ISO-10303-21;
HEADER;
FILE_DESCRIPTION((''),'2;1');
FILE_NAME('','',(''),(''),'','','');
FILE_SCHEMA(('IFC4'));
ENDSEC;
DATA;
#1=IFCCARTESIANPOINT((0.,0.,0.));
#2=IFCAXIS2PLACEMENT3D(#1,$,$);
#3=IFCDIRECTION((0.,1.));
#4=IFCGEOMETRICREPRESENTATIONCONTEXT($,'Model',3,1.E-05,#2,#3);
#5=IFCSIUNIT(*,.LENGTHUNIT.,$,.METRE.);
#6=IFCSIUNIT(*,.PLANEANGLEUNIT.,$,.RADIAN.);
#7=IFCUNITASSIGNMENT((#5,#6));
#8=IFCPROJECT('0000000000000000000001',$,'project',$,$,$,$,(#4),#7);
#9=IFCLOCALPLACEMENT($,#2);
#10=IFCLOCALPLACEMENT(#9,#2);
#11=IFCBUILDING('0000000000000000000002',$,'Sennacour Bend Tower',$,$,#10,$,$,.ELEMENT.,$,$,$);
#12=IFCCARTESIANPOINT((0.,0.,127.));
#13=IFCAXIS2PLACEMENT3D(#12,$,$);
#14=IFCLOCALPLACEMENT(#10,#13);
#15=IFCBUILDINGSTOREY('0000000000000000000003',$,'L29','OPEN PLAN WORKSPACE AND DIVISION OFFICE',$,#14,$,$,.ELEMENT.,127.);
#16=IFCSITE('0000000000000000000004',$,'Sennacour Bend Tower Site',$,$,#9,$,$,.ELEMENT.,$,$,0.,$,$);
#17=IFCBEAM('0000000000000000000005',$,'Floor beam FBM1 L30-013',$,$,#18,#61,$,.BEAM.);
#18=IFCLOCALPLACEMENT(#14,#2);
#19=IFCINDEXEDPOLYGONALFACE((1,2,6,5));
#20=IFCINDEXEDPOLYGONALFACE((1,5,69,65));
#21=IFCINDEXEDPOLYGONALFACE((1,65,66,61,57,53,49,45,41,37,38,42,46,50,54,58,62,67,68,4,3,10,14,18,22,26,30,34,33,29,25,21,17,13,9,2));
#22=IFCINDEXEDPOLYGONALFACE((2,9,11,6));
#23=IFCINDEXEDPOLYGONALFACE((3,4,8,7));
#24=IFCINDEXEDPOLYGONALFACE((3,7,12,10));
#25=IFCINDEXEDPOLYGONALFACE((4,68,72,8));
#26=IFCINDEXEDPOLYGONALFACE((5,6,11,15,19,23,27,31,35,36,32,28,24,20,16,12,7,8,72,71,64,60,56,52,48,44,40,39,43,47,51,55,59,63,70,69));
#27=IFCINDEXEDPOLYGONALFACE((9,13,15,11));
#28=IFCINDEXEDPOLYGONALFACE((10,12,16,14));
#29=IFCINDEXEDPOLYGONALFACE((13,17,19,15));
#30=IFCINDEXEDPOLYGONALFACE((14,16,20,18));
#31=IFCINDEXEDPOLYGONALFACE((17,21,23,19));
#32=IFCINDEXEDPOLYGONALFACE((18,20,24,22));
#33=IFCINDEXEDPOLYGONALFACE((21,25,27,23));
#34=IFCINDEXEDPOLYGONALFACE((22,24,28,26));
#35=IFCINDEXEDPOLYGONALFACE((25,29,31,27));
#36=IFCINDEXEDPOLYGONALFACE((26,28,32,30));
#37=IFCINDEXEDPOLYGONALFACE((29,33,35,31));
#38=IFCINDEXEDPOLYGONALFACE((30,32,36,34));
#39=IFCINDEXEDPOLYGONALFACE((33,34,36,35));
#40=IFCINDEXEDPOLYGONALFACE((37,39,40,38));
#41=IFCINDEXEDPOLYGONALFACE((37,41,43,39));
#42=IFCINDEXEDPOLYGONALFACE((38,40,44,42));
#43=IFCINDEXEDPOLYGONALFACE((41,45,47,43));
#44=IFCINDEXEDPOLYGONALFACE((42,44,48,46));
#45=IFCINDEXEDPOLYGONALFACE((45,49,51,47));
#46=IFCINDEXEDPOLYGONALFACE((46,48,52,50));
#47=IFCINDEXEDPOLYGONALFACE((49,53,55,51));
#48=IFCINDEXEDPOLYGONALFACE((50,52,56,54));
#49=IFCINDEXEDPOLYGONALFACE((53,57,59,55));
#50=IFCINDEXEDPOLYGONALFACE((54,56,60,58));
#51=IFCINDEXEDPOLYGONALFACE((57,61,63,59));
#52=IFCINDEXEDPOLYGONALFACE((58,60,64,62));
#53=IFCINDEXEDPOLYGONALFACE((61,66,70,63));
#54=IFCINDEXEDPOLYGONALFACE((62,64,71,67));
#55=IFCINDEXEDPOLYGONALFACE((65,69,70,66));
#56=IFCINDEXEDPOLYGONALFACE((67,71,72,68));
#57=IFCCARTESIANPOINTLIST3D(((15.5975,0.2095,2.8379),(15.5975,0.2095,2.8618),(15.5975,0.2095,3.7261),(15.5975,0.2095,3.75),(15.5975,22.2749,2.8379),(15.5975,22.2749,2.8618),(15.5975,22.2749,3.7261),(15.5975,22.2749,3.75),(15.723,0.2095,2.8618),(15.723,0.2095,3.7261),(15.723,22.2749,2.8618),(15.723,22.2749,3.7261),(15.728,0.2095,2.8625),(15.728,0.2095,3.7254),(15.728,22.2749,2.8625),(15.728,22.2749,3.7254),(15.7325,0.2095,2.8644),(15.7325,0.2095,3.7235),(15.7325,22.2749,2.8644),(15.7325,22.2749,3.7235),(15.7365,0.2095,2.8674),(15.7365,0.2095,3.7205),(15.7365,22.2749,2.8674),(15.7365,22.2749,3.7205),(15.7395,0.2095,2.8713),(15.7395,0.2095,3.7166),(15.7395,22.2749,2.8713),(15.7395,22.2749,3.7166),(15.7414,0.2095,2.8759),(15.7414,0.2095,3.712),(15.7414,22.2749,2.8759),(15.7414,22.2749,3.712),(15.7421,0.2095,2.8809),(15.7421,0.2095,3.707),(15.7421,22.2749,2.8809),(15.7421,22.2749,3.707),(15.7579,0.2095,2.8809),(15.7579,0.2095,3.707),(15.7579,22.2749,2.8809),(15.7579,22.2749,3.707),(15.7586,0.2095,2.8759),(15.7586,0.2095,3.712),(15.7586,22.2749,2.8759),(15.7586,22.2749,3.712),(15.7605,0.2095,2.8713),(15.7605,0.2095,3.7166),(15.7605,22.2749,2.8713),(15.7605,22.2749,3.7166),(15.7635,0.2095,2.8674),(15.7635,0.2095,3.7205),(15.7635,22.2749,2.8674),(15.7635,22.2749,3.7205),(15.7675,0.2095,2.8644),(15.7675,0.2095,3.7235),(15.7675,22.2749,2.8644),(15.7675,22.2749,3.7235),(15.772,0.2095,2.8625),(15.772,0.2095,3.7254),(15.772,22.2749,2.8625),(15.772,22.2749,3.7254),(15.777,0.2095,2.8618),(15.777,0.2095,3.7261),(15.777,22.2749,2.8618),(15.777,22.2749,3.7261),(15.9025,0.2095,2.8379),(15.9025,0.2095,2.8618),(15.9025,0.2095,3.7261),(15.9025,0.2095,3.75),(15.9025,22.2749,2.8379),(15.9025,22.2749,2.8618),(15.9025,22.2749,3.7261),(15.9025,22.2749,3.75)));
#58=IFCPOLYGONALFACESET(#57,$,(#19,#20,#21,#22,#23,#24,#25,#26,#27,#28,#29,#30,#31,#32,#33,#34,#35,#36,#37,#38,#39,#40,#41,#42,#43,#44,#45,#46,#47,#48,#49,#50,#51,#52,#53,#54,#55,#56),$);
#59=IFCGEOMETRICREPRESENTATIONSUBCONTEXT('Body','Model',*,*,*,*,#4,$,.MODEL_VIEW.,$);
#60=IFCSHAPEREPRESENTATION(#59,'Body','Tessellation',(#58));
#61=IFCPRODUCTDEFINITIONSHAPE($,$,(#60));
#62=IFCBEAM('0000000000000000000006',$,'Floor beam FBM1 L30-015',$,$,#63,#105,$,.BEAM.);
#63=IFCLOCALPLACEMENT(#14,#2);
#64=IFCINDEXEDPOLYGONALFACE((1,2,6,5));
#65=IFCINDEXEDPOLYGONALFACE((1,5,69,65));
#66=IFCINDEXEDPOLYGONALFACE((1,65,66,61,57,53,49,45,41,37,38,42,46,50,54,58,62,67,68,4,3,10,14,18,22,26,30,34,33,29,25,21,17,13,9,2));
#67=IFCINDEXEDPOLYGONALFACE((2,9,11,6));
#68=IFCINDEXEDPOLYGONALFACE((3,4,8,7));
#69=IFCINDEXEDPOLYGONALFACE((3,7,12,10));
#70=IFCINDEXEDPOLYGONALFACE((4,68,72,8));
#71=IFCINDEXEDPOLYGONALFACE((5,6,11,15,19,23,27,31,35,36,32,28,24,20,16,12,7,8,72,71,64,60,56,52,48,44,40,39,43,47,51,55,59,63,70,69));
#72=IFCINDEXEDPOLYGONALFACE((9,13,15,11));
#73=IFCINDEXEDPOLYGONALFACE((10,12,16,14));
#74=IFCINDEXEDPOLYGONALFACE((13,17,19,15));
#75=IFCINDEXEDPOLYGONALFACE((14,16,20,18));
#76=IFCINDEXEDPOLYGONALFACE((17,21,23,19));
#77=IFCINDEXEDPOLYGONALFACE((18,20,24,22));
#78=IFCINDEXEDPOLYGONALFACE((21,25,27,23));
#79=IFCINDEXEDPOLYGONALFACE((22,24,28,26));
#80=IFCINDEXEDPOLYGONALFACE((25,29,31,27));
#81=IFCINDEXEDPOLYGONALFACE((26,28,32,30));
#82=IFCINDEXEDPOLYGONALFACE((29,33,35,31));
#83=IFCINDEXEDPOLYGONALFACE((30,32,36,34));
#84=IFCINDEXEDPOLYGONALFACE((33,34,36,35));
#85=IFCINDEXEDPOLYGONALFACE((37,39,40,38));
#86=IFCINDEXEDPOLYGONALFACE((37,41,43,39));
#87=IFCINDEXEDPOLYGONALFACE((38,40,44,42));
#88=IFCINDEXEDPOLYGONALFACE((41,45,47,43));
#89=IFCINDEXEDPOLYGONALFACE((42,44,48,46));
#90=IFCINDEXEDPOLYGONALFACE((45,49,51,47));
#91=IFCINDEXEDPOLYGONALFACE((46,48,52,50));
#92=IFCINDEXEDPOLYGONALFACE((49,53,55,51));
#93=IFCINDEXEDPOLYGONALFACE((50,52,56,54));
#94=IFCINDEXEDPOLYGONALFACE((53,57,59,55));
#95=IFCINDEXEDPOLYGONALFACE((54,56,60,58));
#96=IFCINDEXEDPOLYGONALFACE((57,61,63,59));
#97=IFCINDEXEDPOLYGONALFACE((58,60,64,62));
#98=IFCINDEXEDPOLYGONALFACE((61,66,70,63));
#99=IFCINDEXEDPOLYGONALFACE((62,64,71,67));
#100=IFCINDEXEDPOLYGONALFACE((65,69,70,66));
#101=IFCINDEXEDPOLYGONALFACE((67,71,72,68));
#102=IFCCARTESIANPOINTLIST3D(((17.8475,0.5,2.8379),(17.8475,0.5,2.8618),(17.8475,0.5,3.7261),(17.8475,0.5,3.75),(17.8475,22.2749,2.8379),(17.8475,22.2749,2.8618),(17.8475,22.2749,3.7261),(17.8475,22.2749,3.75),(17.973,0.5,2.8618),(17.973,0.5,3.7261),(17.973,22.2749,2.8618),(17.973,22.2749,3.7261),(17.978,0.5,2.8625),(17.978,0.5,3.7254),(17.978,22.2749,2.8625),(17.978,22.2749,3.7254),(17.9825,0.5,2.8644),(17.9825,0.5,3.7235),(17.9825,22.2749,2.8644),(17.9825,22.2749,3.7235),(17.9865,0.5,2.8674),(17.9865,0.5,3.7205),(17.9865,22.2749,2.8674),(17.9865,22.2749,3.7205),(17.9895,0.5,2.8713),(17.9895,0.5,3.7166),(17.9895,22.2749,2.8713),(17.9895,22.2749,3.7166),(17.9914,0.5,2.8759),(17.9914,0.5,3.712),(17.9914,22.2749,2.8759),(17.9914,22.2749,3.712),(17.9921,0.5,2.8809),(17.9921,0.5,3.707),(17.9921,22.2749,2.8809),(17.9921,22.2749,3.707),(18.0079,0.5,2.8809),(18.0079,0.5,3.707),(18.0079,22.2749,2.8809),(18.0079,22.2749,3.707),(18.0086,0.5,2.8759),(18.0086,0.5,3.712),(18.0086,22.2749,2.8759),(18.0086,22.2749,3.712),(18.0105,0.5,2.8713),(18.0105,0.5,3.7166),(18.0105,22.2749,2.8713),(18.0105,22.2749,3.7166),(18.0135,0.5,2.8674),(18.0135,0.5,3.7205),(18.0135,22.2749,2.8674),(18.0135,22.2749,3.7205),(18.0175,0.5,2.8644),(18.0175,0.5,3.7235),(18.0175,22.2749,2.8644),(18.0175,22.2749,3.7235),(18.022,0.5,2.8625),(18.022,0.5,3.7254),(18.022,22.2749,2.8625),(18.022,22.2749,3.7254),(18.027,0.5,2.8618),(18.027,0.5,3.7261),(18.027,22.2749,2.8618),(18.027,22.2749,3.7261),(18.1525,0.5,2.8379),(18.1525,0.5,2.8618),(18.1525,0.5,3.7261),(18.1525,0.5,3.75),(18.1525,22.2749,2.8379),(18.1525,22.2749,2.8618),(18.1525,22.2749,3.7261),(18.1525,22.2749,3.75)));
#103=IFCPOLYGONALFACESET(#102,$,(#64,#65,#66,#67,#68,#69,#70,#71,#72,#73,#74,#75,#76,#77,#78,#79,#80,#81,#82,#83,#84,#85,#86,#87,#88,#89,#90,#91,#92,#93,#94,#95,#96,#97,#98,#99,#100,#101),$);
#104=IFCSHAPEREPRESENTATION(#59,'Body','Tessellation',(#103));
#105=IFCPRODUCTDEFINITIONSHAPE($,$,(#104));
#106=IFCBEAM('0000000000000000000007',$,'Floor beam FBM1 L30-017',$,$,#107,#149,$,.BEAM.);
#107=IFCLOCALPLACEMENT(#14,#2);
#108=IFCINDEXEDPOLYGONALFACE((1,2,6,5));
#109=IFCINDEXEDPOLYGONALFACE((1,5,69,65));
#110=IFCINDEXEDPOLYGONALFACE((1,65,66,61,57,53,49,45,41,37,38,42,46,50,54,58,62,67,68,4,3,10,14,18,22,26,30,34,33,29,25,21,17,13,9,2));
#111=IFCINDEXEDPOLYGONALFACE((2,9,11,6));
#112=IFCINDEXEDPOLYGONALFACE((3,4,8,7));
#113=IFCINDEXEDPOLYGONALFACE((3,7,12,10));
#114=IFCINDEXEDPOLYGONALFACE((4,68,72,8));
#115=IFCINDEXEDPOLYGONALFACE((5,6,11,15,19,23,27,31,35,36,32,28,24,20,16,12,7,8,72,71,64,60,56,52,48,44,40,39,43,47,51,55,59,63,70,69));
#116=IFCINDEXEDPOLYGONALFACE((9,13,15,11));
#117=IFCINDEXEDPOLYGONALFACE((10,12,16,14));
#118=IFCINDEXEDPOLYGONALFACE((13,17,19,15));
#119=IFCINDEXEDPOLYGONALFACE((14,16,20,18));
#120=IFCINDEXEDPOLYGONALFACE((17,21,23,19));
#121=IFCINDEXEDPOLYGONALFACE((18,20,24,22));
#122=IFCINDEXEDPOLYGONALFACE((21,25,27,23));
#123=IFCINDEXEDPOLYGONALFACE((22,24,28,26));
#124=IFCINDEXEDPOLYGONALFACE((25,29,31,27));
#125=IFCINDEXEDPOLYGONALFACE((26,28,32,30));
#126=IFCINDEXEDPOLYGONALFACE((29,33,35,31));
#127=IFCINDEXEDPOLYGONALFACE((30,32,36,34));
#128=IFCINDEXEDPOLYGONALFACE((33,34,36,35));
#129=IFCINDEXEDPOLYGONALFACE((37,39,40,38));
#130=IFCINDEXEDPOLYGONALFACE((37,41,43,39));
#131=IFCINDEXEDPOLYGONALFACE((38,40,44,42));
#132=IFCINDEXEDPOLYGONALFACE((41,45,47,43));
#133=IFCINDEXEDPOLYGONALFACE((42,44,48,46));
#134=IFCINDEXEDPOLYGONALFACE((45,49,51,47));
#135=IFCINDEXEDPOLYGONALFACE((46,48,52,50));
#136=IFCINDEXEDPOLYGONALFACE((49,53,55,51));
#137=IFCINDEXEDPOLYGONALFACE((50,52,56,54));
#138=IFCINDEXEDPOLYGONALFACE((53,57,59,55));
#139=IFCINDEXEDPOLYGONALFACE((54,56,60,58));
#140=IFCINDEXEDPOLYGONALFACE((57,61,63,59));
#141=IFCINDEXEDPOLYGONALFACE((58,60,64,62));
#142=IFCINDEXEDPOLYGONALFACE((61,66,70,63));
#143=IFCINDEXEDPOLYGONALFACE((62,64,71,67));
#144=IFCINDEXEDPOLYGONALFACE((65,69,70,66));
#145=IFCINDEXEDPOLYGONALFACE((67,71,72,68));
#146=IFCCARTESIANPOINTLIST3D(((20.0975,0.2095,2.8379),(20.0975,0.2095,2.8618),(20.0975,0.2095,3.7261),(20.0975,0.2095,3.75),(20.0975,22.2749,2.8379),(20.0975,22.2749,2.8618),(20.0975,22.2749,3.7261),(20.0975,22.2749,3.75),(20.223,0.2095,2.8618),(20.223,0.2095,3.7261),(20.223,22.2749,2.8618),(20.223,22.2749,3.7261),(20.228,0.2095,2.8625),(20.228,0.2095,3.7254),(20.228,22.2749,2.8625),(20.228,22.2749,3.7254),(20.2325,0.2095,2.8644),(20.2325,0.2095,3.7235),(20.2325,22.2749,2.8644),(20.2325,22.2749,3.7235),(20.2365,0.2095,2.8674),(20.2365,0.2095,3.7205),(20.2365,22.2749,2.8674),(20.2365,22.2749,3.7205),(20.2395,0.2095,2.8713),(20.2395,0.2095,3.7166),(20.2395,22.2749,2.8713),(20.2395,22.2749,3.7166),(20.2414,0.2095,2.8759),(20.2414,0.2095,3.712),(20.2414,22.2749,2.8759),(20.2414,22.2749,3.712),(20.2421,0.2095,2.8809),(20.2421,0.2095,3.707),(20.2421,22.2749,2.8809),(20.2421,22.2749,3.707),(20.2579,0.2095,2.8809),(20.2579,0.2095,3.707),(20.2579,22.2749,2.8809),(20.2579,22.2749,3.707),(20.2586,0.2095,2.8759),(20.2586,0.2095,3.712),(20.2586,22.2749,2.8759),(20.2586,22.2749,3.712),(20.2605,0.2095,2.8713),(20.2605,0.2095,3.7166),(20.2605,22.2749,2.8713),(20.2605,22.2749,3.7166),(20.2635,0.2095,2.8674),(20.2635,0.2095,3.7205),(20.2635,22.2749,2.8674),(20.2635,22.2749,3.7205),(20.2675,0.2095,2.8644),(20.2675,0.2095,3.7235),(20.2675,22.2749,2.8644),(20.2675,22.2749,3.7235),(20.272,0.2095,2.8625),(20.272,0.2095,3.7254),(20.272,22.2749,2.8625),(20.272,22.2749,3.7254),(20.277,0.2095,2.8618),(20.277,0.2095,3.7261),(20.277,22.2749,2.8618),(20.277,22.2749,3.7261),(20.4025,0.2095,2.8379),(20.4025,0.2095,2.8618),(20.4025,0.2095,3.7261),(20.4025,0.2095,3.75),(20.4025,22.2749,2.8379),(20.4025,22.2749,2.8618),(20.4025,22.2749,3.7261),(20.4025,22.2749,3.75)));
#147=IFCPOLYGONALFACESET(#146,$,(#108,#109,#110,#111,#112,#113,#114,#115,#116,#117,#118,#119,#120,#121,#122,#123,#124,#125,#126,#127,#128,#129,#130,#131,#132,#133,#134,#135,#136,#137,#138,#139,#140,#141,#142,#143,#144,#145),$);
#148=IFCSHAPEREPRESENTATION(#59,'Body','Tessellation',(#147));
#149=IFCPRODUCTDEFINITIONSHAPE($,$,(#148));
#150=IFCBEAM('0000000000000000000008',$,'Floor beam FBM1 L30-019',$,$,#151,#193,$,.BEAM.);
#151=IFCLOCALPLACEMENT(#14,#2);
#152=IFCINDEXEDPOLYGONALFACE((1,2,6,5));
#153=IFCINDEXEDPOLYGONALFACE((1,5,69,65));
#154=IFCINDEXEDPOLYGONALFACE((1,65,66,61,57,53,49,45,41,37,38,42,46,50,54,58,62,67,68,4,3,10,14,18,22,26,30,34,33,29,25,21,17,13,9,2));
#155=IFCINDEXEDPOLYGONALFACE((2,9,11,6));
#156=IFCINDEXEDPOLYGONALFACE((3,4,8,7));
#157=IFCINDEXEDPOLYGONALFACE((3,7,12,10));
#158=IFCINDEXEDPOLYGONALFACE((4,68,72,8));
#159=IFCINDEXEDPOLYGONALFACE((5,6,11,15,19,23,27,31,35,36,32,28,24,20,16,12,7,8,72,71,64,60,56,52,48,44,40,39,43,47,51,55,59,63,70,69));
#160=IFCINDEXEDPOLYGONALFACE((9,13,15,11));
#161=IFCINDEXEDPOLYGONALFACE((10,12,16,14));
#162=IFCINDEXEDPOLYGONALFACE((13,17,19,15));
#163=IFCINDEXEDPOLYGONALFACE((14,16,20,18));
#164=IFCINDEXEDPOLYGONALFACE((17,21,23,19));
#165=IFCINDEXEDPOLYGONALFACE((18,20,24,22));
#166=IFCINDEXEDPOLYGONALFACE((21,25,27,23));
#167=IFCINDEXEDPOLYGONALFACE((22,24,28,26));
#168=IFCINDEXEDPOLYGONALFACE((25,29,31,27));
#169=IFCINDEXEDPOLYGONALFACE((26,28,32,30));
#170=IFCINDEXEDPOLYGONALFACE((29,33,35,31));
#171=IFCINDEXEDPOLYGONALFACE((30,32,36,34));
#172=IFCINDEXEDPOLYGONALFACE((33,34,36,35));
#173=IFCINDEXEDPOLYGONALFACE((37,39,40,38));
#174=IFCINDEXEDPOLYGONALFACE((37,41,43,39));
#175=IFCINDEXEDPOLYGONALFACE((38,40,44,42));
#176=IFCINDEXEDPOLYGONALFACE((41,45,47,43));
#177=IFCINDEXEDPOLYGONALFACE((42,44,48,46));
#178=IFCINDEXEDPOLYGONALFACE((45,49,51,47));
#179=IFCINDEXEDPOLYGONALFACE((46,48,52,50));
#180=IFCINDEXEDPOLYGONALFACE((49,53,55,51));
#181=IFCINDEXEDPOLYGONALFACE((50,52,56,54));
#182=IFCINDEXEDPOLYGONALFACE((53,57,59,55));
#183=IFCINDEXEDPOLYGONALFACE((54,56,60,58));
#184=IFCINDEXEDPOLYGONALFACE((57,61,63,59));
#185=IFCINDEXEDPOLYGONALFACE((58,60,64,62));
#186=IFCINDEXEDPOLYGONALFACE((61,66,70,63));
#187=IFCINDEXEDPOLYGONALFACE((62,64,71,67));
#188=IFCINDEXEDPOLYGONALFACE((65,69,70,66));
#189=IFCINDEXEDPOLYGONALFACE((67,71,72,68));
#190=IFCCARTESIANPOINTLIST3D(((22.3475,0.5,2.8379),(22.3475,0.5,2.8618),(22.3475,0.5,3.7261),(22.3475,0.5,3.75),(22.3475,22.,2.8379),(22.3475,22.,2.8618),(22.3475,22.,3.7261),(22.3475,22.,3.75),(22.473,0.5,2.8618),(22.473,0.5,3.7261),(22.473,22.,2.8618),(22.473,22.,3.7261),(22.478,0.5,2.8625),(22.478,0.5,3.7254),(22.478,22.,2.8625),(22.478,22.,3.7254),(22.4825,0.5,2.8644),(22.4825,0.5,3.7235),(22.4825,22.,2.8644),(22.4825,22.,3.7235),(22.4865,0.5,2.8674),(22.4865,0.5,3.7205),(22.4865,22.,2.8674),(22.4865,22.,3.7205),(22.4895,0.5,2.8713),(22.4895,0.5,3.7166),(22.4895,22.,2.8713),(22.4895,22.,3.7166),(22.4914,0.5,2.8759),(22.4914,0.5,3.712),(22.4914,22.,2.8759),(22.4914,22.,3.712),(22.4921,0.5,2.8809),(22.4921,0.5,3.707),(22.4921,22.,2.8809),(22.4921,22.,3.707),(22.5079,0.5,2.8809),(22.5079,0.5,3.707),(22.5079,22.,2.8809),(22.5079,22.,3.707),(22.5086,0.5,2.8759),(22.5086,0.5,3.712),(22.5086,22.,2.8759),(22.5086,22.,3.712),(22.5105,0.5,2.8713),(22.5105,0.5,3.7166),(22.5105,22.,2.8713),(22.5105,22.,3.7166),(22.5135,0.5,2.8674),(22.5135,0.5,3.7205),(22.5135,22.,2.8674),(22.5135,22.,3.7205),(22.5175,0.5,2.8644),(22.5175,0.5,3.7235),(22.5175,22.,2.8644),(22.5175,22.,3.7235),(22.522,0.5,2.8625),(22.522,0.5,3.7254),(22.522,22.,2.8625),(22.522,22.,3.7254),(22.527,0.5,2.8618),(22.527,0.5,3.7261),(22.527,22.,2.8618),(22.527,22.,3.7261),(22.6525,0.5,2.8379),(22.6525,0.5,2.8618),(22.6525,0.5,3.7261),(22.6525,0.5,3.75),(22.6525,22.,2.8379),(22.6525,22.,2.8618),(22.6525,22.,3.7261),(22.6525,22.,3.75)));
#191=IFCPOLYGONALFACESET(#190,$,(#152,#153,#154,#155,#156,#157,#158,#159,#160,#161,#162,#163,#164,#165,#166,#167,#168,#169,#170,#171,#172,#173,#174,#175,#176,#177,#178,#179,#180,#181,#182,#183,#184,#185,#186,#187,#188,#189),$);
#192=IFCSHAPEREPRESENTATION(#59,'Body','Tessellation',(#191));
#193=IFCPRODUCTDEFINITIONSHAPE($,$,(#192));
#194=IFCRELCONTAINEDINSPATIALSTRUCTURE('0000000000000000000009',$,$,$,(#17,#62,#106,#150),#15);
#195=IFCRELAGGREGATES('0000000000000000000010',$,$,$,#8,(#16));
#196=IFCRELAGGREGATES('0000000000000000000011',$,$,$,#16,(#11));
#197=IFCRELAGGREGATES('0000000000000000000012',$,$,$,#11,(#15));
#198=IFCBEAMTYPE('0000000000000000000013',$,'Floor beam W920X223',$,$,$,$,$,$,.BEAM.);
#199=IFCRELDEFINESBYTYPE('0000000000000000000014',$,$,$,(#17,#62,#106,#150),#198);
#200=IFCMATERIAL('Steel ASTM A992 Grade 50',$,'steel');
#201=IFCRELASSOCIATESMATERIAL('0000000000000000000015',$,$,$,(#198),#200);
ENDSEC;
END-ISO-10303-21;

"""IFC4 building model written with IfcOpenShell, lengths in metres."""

from ifc_helpers import new_model, si_unit, direction, frame, origin, origin_2d, place, context, subcontext, project, spatial, i_section, extrude, material, material_profile, profile_set, type_object, element, save


model = new_model("IFC4")

# Units and contexts
model_context = context("Model", 3, precision=1e-05, world=origin(), true_north=direction((0.0, 1.0)))
body_context = subcontext(model_context, "Body", "Model", "MODEL_VIEW")
ifc_project = project(units=[si_unit("LENGTHUNIT", "METRE"), si_unit("PLANEANGLEUNIT", "RADIAN")], contexts=[model_context])

# Site, building, storey
site_placement = place(None, origin())
site = spatial("IfcSite", under=ifc_project, at=site_placement, Name="Sennacour Bend Tower Site", CompositionType="ELEMENT", RefElevation=0.0)
building_placement = place(site_placement, origin())
building = spatial("IfcBuilding", under=site, at=building_placement, Name="Sennacour Bend Tower", CompositionType="ELEMENT")
storey_placement = place(building_placement, frame((0.0, 0.0, 127.0)))
storey = spatial("IfcBuildingStorey", under=building, at=storey_placement, Name="L29", Description="OPEN PLAN WORKSPACE AND DIVISION OFFICE", CompositionType="ELEMENT", Elevation=127.0)

# Beams
ifc_material_1 = material(Name="Steel ASTM A992 Grade 50", Category="steel")
ifc_material_profile_1 = material_profile(ifc_material_1, i_section(OverallWidth=0.3049, OverallDepth=0.9121, WebThickness=0.0159, FlangeThickness=0.0239, FilletRadius=0.019, at=origin_2d()), Name="Steel ASTM A992 Grade 50", Category="steel")
ifc_profile_set_1 = profile_set([ifc_material_profile_1], Name="Steel ASTM A992 Grade 50")
beam_type = type_object("IfcBeamType", Name="Floor beam W920X223", PredefinedType="BEAM", material=ifc_profile_set_1)
beam_1_placement = place(storey_placement, frame((15.75, 0.2095, 3.2939), z_axis=(0.0, 1.0, 0.0), x_axis=(-1.0, 0.0, 0.0)))
element("IfcBeam", 1, at=beam_1_placement, inside=storey, type_object=beam_type, Name="Floor beam FBM1 L30-013", PredefinedType="BEAM", context=body_context, shape_type="SweptSolid", body=[
    extrude(i_section(OverallWidth=0.3049, OverallDepth=0.9121, WebThickness=0.0159, FlangeThickness=0.0239, FilletRadius=0.019, at=origin_2d()), origin(), (0.0, 0.0, 1.0), 22.0654),
])
beam_2_placement = place(storey_placement, frame((18.0, 0.5, 3.2939), z_axis=(0.0, 1.0, 0.0), x_axis=(-1.0, 0.0, 0.0)))
element("IfcBeam", 2, at=beam_2_placement, inside=storey, type_object=beam_type, Name="Floor beam FBM1 L30-015", PredefinedType="BEAM", context=body_context, shape_type="SweptSolid", body=[
    extrude(i_section(OverallWidth=0.3049, OverallDepth=0.9121, WebThickness=0.0159, FlangeThickness=0.0239, FilletRadius=0.019, at=origin_2d()), origin(), (0.0, 0.0, 1.0), 21.7749),
])
beam_3_placement = place(storey_placement, frame((20.25, 0.2095, 3.2939), z_axis=(0.0, 1.0, 0.0), x_axis=(-1.0, 0.0, 0.0)))
element("IfcBeam", 3, at=beam_3_placement, inside=storey, type_object=beam_type, Name="Floor beam FBM1 L30-017", PredefinedType="BEAM", context=body_context, shape_type="SweptSolid", body=[
    extrude(i_section(OverallWidth=0.3049, OverallDepth=0.9121, WebThickness=0.0159, FlangeThickness=0.0239, FilletRadius=0.019, at=origin_2d()), origin(), (0.0, 0.0, 1.0), 22.0654),
])
beam_4_placement = place(storey_placement, frame((22.5, 0.5, 3.2939), z_axis=(0.0, 1.0, 0.0), x_axis=(-1.0, 0.0, 0.0)))
element("IfcBeam", 4, at=beam_4_placement, inside=storey, type_object=beam_type, Name="Floor beam FBM1 L30-019", PredefinedType="BEAM", context=body_context, shape_type="SweptSolid", body=[
    extrude(i_section(OverallWidth=0.3049, OverallDepth=0.9121, WebThickness=0.0159, FlangeThickness=0.0239, FilletRadius=0.019, at=origin_2d()), origin(), (0.0, 0.0, 1.0), 21.5),
])

save(model, "model.ifc")
